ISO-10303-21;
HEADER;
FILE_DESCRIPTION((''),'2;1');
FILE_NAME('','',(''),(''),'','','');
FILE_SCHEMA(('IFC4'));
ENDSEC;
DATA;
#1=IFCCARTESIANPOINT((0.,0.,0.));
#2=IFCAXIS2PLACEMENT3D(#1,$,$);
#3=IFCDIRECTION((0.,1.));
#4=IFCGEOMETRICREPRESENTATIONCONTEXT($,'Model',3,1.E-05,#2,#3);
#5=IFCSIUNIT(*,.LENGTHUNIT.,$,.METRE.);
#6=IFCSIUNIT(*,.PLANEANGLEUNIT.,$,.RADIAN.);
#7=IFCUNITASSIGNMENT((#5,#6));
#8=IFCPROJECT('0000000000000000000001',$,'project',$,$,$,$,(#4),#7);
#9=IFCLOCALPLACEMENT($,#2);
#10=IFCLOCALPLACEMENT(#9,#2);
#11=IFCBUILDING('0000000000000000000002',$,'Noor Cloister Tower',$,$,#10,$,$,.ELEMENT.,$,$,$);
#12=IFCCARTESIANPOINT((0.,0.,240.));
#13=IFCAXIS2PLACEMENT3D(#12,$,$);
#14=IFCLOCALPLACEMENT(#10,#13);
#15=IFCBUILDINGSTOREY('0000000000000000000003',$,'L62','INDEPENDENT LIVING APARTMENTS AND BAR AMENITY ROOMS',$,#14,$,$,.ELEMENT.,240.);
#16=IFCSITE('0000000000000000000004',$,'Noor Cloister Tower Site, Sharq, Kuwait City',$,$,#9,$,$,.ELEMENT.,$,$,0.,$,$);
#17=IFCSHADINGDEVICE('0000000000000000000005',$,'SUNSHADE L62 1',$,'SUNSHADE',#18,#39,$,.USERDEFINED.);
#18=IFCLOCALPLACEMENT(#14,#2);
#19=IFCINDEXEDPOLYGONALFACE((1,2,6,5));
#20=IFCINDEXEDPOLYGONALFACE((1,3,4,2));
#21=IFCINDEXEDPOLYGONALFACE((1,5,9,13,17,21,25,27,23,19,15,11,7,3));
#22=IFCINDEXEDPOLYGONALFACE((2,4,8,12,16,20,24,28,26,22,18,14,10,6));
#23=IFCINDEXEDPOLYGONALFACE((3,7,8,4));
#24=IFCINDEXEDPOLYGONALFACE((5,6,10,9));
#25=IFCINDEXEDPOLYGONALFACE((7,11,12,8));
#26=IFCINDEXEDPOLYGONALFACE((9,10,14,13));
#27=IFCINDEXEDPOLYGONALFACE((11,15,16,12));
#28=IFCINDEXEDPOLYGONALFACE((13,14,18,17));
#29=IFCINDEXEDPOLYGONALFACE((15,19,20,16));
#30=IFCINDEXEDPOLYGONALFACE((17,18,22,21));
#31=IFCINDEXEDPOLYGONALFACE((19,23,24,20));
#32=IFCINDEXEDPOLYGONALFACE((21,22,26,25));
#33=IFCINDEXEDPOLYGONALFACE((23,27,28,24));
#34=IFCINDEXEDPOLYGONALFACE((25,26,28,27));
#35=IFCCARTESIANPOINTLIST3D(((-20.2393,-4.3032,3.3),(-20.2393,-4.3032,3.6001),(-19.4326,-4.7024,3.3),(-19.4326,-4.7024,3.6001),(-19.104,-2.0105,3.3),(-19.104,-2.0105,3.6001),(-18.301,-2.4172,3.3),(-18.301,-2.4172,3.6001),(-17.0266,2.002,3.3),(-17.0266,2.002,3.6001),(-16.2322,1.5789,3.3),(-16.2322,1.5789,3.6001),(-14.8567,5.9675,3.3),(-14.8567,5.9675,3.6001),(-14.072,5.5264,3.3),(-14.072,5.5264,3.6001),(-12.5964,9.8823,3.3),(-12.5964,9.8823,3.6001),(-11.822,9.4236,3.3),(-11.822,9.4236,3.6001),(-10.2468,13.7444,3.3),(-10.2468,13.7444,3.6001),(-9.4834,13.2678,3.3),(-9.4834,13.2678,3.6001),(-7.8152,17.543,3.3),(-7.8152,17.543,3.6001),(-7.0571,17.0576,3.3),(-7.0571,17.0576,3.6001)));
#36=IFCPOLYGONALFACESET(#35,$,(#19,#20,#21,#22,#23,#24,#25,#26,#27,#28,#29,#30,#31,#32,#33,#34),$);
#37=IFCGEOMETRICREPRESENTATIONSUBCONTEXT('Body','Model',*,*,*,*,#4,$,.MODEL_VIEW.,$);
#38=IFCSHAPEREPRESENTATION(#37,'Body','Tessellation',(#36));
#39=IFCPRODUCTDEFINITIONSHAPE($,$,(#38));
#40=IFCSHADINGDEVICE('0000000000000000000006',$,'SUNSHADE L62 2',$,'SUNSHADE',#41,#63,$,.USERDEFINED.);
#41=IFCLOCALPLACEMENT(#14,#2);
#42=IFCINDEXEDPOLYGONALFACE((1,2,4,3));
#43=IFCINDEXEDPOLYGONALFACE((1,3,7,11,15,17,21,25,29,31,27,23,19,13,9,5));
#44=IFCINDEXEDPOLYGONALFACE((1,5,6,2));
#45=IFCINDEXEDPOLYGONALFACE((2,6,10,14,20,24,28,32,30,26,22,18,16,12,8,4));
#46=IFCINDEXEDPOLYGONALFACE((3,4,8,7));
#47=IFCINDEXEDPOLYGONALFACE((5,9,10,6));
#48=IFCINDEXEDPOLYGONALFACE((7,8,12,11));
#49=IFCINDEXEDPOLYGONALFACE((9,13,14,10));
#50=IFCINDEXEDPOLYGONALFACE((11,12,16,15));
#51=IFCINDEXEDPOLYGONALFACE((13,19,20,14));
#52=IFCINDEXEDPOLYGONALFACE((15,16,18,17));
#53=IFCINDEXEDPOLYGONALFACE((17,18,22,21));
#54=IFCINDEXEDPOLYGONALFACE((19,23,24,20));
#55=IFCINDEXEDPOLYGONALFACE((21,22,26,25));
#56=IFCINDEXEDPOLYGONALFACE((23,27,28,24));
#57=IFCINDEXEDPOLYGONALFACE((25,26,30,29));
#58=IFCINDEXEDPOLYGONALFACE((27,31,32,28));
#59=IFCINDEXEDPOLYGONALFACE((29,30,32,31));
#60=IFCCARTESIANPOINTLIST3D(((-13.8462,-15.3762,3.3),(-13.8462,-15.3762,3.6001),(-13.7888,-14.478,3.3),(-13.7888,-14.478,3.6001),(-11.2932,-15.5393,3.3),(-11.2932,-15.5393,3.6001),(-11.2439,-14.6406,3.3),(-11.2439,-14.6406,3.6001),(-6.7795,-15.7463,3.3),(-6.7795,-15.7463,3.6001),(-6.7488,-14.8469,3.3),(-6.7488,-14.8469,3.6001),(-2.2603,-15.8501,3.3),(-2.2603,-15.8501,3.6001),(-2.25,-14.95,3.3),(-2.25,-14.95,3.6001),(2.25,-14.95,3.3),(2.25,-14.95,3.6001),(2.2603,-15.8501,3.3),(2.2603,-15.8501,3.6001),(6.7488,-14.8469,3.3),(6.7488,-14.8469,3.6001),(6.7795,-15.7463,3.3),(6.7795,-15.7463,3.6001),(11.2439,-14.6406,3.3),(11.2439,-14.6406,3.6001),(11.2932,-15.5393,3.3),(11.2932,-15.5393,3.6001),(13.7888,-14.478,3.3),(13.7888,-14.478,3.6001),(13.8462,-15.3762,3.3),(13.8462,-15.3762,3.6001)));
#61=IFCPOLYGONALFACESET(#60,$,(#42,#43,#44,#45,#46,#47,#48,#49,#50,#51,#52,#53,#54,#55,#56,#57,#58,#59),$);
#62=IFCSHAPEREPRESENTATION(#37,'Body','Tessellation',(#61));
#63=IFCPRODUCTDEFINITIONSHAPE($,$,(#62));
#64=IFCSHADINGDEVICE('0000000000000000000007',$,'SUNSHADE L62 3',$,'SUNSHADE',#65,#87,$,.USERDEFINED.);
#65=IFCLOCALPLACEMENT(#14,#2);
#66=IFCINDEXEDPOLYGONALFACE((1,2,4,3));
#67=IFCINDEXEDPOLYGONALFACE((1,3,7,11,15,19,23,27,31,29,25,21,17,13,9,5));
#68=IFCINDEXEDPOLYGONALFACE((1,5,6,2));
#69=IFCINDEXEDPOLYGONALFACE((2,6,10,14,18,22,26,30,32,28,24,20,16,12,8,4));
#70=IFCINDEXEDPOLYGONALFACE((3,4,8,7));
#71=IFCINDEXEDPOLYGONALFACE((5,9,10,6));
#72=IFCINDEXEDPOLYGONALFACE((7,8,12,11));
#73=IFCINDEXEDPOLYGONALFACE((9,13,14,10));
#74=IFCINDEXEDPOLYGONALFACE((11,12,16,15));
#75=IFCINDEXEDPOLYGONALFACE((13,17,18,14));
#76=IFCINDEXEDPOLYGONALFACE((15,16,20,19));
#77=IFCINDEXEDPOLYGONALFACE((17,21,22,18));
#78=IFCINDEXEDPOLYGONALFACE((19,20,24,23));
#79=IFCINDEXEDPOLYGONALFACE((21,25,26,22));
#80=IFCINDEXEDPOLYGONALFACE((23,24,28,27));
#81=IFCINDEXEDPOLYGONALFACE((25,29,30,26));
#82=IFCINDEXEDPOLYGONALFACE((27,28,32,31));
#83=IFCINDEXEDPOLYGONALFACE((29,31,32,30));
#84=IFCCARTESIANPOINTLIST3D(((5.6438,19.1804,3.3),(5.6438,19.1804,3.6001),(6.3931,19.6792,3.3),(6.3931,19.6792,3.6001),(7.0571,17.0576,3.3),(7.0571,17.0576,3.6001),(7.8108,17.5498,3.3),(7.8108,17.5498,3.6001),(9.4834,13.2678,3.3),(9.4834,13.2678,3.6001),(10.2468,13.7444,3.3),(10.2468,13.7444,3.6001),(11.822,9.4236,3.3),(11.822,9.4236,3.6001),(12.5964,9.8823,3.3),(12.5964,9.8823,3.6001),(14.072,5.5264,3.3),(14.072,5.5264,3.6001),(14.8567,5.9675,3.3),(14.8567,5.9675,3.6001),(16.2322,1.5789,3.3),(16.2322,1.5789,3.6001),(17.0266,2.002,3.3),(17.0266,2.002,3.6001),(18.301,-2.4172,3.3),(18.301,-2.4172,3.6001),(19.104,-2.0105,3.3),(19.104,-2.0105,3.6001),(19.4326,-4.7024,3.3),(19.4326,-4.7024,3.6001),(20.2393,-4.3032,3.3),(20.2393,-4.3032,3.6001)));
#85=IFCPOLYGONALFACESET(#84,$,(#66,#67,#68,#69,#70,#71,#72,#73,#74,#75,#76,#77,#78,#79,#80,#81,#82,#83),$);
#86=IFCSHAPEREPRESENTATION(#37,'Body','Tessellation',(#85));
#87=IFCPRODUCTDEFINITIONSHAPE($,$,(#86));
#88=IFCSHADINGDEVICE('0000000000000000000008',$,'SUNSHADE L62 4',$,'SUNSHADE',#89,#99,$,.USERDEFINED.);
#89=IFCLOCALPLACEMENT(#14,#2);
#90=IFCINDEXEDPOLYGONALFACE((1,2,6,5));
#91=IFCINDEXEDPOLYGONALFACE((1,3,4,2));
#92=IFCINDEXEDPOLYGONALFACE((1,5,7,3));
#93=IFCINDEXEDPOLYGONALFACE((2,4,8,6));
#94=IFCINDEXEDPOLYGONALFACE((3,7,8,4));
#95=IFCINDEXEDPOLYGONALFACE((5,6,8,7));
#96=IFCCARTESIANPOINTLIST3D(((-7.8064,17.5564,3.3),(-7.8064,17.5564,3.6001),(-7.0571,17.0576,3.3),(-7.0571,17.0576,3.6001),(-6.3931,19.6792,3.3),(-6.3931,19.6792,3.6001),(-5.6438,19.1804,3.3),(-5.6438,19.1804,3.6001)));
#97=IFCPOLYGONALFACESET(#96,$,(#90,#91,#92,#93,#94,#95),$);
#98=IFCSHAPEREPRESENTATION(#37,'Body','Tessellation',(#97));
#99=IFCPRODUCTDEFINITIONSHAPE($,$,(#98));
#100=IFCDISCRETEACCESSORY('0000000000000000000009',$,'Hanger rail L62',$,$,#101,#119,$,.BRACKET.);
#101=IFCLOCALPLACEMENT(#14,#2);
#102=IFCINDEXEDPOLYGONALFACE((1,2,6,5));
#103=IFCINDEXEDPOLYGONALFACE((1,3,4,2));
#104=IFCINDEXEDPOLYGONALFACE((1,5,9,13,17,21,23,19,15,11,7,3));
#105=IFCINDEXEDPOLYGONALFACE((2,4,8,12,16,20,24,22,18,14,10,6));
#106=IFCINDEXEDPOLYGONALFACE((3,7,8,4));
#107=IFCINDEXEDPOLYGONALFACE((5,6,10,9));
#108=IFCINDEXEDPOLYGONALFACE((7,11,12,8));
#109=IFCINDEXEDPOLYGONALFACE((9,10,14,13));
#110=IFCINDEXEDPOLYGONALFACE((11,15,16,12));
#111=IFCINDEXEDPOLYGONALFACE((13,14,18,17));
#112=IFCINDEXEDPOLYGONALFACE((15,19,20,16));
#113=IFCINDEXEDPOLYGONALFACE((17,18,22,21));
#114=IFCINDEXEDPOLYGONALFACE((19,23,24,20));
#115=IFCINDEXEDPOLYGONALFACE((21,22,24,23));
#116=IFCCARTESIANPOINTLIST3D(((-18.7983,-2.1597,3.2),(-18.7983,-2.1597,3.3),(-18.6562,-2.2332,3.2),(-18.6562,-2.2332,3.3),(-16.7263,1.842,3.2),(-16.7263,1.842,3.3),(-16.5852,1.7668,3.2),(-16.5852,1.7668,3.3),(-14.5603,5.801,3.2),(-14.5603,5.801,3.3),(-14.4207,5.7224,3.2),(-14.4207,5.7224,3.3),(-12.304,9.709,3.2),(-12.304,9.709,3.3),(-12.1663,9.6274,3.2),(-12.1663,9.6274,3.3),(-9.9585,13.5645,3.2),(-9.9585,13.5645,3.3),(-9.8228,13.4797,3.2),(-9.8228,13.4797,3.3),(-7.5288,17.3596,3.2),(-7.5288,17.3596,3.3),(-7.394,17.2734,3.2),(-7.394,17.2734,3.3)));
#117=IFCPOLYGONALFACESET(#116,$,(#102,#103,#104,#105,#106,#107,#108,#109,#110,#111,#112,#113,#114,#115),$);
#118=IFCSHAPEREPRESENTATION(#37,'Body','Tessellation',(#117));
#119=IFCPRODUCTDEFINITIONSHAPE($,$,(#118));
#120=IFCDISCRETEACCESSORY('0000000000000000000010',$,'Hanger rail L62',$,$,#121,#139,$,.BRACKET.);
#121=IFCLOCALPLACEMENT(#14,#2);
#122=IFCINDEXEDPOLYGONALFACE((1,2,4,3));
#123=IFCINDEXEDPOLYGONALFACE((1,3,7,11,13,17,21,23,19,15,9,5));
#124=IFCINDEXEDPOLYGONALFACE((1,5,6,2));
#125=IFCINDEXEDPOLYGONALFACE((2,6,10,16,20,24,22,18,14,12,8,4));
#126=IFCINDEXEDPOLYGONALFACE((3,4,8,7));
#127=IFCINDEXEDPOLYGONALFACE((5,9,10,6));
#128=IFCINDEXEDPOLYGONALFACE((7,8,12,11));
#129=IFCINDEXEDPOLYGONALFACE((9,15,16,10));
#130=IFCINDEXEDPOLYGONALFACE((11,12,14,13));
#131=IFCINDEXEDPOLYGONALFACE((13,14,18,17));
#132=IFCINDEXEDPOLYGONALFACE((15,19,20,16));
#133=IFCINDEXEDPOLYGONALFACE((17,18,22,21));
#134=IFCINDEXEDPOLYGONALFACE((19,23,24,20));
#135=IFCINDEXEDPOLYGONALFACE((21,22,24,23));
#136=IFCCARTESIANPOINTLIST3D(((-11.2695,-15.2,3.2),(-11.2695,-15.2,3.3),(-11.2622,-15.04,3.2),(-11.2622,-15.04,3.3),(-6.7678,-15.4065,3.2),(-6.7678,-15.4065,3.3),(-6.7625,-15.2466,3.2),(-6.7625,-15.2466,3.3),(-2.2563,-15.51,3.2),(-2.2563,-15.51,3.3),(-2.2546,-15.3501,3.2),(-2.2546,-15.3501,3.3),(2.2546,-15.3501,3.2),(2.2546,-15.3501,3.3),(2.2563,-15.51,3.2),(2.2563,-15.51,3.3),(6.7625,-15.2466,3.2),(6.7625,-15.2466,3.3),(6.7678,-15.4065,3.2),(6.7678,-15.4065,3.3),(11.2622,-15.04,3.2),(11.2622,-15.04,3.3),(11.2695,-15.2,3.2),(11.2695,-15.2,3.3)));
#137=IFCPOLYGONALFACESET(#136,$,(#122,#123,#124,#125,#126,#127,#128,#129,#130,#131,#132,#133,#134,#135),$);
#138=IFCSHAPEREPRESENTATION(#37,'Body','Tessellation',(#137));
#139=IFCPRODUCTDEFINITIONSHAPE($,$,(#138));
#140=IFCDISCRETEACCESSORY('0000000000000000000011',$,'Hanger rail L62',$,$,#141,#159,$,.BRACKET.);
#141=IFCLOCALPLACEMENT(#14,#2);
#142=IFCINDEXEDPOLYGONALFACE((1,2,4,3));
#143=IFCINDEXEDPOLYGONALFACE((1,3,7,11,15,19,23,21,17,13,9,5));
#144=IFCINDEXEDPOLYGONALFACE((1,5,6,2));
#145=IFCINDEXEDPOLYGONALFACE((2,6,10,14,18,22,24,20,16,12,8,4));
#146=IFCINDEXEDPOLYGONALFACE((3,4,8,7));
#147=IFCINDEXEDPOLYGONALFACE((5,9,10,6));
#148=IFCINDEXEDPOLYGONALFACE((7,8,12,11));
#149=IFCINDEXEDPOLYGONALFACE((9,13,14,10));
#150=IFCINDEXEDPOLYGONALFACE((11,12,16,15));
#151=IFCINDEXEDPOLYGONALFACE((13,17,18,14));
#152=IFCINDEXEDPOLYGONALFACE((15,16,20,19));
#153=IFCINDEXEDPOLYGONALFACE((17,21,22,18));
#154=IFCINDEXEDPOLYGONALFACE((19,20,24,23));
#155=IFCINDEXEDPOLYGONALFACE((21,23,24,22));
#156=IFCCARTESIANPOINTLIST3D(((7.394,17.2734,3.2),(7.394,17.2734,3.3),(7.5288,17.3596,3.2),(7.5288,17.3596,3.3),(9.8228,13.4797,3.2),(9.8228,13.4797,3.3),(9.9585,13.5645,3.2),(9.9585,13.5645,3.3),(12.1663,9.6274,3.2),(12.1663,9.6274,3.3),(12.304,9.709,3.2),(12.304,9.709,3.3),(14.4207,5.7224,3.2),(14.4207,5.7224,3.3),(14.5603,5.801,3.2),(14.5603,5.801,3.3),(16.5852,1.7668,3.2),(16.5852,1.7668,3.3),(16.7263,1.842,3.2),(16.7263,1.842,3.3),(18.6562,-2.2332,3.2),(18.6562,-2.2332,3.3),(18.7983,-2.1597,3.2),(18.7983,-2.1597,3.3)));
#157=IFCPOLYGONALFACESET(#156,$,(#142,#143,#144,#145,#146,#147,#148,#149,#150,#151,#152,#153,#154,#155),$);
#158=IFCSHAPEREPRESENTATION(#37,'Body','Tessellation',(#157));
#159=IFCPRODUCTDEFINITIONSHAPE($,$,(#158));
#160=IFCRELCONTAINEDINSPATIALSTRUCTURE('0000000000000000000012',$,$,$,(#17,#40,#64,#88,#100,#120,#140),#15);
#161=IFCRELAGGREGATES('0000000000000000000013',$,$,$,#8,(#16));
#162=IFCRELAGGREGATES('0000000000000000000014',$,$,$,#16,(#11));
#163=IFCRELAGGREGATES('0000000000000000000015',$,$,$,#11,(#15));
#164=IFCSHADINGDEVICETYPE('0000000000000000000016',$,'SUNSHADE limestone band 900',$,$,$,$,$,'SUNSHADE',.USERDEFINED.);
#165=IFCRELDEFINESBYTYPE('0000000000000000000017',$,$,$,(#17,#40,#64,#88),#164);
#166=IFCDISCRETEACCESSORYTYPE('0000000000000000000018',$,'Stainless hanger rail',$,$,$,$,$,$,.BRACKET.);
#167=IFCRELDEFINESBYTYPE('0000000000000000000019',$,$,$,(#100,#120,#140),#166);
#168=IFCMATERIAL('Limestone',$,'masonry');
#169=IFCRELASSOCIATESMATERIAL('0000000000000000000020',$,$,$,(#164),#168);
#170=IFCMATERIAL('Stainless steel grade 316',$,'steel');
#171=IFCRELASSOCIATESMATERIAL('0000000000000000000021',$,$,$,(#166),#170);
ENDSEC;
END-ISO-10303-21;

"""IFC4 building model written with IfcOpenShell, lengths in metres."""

from ifc_helpers import new_model, si_unit, direction, frame, origin, place, context, subcontext, project, spatial, polyline, outline, extrude, material, type_object, element, save


model = new_model("IFC4")

# Units and contexts
model_context = context("Model", 3, precision=1e-05, world=origin(), true_north=direction((0.0, 1.0)))
body_context = subcontext(model_context, "Body", "Model", "MODEL_VIEW")
ifc_project = project(units=[si_unit("LENGTHUNIT", "METRE"), si_unit("PLANEANGLEUNIT", "RADIAN")], contexts=[model_context])

# Site, building, storey
site_placement = place(None, origin())
site = spatial("IfcSite", under=ifc_project, at=site_placement, Name="Noor Cloister Tower Site, Sharq, Kuwait City", CompositionType="ELEMENT", RefElevation=0.0)
building_placement = place(site_placement, origin())
building = spatial("IfcBuilding", under=site, at=building_placement, Name="Noor Cloister Tower", CompositionType="ELEMENT")
storey_placement = place(building_placement, frame((0.0, 0.0, 240.0)))
storey = spatial("IfcBuildingStorey", under=building, at=storey_placement, Name="L62", Description="INDEPENDENT LIVING APARTMENTS AND BAR AMENITY ROOMS", CompositionType="ELEMENT", Elevation=240.0)

# Shading devices
ifc_material_1 = material(Name="Limestone", Category="masonry")
shading_device_type_1 = type_object("IfcShadingDeviceType", Name="SUNSHADE limestone band 900", ElementType="SUNSHADE", PredefinedType="USERDEFINED", material=ifc_material_1)
shading_device_1_placement = place(storey_placement, frame((0.0, 0.0, 3.3)))
element("IfcShadingDevice", 1, at=shading_device_1_placement, inside=storey, type_object=shading_device_type_1, Name="SUNSHADE L62 1", ObjectType="SUNSHADE", PredefinedType="USERDEFINED", context=body_context, shape_type="SweptSolid", body=[
    extrude(outline(polyline([(-7.8152, 17.543), (-10.2468, 13.7444), (-12.5964, 9.8823), (-14.8567, 5.9675), (-17.0266, 2.002), (-19.104, -2.0105), (-20.2393, -4.3032), (-19.4326, -4.7024), (-18.301, -2.4172), (-16.2322, 1.5789), (-14.072, 5.5264), (-11.822, 9.4236), (-9.4834, 13.2678), (-7.0571, 17.0576), (-7.8152, 17.543)])), origin(), (0.0, 0.0, 1.0), 0.3),
])
shading_device_2_placement = place(storey_placement, frame((0.0, 0.0, 3.3)))
element("IfcShadingDevice", 2, at=shading_device_2_placement, inside=storey, type_object=shading_device_type_1, Name="SUNSHADE L62 2", ObjectType="SUNSHADE", PredefinedType="USERDEFINED", context=body_context, shape_type="SweptSolid", body=[
    extrude(outline(polyline([(-13.8462, -15.3762), (-11.2932, -15.5393), (-6.7795, -15.7463), (-2.2603, -15.8501), (2.2603, -15.8501), (6.7795, -15.7463), (11.2932, -15.5393), (13.8462, -15.3762), (13.7888, -14.478), (11.2439, -14.6406), (6.7488, -14.8469), (2.25, -14.95), (-2.25, -14.95), (-6.7488, -14.8469), (-11.2439, -14.6406), (-13.7888, -14.478), (-13.8462, -15.3762)])), origin(), (0.0, 0.0, 1.0), 0.3),
])
shading_device_3_placement = place(storey_placement, frame((0.0, 0.0, 3.3)))
element("IfcShadingDevice", 3, at=shading_device_3_placement, inside=storey, type_object=shading_device_type_1, Name="SUNSHADE L62 3", ObjectType="SUNSHADE", PredefinedType="USERDEFINED", context=body_context, shape_type="SweptSolid", body=[
    extrude(outline(polyline([(20.2393, -4.3032), (19.104, -2.0105), (17.0266, 2.002), (14.8567, 5.9675), (12.5964, 9.8823), (10.2468, 13.7444), (7.8108, 17.5498), (6.3931, 19.6792), (5.6438, 19.1804), (7.0571, 17.0576), (9.4834, 13.2678), (11.822, 9.4236), (14.072, 5.5264), (16.2322, 1.5789), (18.301, -2.4172), (19.4326, -4.7024), (20.2393, -4.3032)])), origin(), (0.0, 0.0, 1.0), 0.3),
])
shading_device_4_placement = place(storey_placement, frame((0.0, 0.0, 3.3)))
element("IfcShadingDevice", 4, at=shading_device_4_placement, inside=storey, type_object=shading_device_type_1, Name="SUNSHADE L62 4", ObjectType="SUNSHADE", PredefinedType="USERDEFINED", context=body_context, shape_type="SweptSolid", body=[
    extrude(outline(polyline([(-6.3931, 19.6792), (-7.8064, 17.5564), (-7.0571, 17.0576), (-5.6438, 19.1804), (-6.3931, 19.6792)])), origin(), (0.0, 0.0, 1.0), 0.3),
])

# Discrete accessories
ifc_material_2 = material(Name="Stainless steel grade 316", Category="steel")
discrete_accessory_type = type_object("IfcDiscreteAccessoryType", Name="Stainless hanger rail", PredefinedType="BRACKET", material=ifc_material_2)
discrete_accessory_1_placement = place(storey_placement, frame((0.0, 0.0, 3.2)))
element("IfcDiscreteAccessory", 5, at=discrete_accessory_1_placement, inside=storey, type_object=discrete_accessory_type, Name="Hanger rail L62", PredefinedType="BRACKET", context=body_context, shape_type="SweptSolid", body=[
    extrude(outline(polyline([(-7.5288, 17.3596), (-9.9585, 13.5645), (-12.304, 9.709), (-14.5603, 5.801), (-16.7263, 1.842), (-18.7983, -2.1597), (-18.6562, -2.2332), (-16.5852, 1.7668), (-14.4207, 5.7224), (-12.1663, 9.6274), (-9.8228, 13.4797), (-7.394, 17.2734), (-7.5288, 17.3596)])), origin(), (0.0, 0.0, 1.0), 0.1001),
])
discrete_accessory_2_placement = place(storey_placement, frame((0.0, 0.0, 3.2)))
element("IfcDiscreteAccessory", 6, at=discrete_accessory_2_placement, inside=storey, type_object=discrete_accessory_type, Name="Hanger rail L62", PredefinedType="BRACKET", context=body_context, shape_type="SweptSolid", body=[
    extrude(outline(polyline([(-11.2695, -15.2), (-6.7678, -15.4065), (-2.2563, -15.51), (2.2563, -15.51), (6.7678, -15.4065), (11.2695, -15.2), (11.2622, -15.04), (6.7625, -15.2466), (2.2546, -15.3501), (-2.2546, -15.3501), (-6.7625, -15.2466), (-11.2622, -15.04), (-11.2695, -15.2)])), origin(), (0.0, 0.0, 1.0), 0.1001),
])
discrete_accessory_3_placement = place(storey_placement, frame((0.0, 0.0, 3.2)))
element("IfcDiscreteAccessory", 7, at=discrete_accessory_3_placement, inside=storey, type_object=discrete_accessory_type, Name="Hanger rail L62", PredefinedType="BRACKET", context=body_context, shape_type="SweptSolid", body=[
    extrude(outline(polyline([(18.7983, -2.1597), (16.7263, 1.842), (14.5603, 5.801), (12.304, 9.709), (9.9585, 13.5645), (7.5288, 17.3596), (7.394, 17.2734), (9.8228, 13.4797), (12.1663, 9.6274), (14.4207, 5.7224), (16.5852, 1.7668), (18.6562, -2.2332), (18.7983, -2.1597)])), origin(), (0.0, 0.0, 1.0), 0.1001),
])

save(model, "model.ifc")
